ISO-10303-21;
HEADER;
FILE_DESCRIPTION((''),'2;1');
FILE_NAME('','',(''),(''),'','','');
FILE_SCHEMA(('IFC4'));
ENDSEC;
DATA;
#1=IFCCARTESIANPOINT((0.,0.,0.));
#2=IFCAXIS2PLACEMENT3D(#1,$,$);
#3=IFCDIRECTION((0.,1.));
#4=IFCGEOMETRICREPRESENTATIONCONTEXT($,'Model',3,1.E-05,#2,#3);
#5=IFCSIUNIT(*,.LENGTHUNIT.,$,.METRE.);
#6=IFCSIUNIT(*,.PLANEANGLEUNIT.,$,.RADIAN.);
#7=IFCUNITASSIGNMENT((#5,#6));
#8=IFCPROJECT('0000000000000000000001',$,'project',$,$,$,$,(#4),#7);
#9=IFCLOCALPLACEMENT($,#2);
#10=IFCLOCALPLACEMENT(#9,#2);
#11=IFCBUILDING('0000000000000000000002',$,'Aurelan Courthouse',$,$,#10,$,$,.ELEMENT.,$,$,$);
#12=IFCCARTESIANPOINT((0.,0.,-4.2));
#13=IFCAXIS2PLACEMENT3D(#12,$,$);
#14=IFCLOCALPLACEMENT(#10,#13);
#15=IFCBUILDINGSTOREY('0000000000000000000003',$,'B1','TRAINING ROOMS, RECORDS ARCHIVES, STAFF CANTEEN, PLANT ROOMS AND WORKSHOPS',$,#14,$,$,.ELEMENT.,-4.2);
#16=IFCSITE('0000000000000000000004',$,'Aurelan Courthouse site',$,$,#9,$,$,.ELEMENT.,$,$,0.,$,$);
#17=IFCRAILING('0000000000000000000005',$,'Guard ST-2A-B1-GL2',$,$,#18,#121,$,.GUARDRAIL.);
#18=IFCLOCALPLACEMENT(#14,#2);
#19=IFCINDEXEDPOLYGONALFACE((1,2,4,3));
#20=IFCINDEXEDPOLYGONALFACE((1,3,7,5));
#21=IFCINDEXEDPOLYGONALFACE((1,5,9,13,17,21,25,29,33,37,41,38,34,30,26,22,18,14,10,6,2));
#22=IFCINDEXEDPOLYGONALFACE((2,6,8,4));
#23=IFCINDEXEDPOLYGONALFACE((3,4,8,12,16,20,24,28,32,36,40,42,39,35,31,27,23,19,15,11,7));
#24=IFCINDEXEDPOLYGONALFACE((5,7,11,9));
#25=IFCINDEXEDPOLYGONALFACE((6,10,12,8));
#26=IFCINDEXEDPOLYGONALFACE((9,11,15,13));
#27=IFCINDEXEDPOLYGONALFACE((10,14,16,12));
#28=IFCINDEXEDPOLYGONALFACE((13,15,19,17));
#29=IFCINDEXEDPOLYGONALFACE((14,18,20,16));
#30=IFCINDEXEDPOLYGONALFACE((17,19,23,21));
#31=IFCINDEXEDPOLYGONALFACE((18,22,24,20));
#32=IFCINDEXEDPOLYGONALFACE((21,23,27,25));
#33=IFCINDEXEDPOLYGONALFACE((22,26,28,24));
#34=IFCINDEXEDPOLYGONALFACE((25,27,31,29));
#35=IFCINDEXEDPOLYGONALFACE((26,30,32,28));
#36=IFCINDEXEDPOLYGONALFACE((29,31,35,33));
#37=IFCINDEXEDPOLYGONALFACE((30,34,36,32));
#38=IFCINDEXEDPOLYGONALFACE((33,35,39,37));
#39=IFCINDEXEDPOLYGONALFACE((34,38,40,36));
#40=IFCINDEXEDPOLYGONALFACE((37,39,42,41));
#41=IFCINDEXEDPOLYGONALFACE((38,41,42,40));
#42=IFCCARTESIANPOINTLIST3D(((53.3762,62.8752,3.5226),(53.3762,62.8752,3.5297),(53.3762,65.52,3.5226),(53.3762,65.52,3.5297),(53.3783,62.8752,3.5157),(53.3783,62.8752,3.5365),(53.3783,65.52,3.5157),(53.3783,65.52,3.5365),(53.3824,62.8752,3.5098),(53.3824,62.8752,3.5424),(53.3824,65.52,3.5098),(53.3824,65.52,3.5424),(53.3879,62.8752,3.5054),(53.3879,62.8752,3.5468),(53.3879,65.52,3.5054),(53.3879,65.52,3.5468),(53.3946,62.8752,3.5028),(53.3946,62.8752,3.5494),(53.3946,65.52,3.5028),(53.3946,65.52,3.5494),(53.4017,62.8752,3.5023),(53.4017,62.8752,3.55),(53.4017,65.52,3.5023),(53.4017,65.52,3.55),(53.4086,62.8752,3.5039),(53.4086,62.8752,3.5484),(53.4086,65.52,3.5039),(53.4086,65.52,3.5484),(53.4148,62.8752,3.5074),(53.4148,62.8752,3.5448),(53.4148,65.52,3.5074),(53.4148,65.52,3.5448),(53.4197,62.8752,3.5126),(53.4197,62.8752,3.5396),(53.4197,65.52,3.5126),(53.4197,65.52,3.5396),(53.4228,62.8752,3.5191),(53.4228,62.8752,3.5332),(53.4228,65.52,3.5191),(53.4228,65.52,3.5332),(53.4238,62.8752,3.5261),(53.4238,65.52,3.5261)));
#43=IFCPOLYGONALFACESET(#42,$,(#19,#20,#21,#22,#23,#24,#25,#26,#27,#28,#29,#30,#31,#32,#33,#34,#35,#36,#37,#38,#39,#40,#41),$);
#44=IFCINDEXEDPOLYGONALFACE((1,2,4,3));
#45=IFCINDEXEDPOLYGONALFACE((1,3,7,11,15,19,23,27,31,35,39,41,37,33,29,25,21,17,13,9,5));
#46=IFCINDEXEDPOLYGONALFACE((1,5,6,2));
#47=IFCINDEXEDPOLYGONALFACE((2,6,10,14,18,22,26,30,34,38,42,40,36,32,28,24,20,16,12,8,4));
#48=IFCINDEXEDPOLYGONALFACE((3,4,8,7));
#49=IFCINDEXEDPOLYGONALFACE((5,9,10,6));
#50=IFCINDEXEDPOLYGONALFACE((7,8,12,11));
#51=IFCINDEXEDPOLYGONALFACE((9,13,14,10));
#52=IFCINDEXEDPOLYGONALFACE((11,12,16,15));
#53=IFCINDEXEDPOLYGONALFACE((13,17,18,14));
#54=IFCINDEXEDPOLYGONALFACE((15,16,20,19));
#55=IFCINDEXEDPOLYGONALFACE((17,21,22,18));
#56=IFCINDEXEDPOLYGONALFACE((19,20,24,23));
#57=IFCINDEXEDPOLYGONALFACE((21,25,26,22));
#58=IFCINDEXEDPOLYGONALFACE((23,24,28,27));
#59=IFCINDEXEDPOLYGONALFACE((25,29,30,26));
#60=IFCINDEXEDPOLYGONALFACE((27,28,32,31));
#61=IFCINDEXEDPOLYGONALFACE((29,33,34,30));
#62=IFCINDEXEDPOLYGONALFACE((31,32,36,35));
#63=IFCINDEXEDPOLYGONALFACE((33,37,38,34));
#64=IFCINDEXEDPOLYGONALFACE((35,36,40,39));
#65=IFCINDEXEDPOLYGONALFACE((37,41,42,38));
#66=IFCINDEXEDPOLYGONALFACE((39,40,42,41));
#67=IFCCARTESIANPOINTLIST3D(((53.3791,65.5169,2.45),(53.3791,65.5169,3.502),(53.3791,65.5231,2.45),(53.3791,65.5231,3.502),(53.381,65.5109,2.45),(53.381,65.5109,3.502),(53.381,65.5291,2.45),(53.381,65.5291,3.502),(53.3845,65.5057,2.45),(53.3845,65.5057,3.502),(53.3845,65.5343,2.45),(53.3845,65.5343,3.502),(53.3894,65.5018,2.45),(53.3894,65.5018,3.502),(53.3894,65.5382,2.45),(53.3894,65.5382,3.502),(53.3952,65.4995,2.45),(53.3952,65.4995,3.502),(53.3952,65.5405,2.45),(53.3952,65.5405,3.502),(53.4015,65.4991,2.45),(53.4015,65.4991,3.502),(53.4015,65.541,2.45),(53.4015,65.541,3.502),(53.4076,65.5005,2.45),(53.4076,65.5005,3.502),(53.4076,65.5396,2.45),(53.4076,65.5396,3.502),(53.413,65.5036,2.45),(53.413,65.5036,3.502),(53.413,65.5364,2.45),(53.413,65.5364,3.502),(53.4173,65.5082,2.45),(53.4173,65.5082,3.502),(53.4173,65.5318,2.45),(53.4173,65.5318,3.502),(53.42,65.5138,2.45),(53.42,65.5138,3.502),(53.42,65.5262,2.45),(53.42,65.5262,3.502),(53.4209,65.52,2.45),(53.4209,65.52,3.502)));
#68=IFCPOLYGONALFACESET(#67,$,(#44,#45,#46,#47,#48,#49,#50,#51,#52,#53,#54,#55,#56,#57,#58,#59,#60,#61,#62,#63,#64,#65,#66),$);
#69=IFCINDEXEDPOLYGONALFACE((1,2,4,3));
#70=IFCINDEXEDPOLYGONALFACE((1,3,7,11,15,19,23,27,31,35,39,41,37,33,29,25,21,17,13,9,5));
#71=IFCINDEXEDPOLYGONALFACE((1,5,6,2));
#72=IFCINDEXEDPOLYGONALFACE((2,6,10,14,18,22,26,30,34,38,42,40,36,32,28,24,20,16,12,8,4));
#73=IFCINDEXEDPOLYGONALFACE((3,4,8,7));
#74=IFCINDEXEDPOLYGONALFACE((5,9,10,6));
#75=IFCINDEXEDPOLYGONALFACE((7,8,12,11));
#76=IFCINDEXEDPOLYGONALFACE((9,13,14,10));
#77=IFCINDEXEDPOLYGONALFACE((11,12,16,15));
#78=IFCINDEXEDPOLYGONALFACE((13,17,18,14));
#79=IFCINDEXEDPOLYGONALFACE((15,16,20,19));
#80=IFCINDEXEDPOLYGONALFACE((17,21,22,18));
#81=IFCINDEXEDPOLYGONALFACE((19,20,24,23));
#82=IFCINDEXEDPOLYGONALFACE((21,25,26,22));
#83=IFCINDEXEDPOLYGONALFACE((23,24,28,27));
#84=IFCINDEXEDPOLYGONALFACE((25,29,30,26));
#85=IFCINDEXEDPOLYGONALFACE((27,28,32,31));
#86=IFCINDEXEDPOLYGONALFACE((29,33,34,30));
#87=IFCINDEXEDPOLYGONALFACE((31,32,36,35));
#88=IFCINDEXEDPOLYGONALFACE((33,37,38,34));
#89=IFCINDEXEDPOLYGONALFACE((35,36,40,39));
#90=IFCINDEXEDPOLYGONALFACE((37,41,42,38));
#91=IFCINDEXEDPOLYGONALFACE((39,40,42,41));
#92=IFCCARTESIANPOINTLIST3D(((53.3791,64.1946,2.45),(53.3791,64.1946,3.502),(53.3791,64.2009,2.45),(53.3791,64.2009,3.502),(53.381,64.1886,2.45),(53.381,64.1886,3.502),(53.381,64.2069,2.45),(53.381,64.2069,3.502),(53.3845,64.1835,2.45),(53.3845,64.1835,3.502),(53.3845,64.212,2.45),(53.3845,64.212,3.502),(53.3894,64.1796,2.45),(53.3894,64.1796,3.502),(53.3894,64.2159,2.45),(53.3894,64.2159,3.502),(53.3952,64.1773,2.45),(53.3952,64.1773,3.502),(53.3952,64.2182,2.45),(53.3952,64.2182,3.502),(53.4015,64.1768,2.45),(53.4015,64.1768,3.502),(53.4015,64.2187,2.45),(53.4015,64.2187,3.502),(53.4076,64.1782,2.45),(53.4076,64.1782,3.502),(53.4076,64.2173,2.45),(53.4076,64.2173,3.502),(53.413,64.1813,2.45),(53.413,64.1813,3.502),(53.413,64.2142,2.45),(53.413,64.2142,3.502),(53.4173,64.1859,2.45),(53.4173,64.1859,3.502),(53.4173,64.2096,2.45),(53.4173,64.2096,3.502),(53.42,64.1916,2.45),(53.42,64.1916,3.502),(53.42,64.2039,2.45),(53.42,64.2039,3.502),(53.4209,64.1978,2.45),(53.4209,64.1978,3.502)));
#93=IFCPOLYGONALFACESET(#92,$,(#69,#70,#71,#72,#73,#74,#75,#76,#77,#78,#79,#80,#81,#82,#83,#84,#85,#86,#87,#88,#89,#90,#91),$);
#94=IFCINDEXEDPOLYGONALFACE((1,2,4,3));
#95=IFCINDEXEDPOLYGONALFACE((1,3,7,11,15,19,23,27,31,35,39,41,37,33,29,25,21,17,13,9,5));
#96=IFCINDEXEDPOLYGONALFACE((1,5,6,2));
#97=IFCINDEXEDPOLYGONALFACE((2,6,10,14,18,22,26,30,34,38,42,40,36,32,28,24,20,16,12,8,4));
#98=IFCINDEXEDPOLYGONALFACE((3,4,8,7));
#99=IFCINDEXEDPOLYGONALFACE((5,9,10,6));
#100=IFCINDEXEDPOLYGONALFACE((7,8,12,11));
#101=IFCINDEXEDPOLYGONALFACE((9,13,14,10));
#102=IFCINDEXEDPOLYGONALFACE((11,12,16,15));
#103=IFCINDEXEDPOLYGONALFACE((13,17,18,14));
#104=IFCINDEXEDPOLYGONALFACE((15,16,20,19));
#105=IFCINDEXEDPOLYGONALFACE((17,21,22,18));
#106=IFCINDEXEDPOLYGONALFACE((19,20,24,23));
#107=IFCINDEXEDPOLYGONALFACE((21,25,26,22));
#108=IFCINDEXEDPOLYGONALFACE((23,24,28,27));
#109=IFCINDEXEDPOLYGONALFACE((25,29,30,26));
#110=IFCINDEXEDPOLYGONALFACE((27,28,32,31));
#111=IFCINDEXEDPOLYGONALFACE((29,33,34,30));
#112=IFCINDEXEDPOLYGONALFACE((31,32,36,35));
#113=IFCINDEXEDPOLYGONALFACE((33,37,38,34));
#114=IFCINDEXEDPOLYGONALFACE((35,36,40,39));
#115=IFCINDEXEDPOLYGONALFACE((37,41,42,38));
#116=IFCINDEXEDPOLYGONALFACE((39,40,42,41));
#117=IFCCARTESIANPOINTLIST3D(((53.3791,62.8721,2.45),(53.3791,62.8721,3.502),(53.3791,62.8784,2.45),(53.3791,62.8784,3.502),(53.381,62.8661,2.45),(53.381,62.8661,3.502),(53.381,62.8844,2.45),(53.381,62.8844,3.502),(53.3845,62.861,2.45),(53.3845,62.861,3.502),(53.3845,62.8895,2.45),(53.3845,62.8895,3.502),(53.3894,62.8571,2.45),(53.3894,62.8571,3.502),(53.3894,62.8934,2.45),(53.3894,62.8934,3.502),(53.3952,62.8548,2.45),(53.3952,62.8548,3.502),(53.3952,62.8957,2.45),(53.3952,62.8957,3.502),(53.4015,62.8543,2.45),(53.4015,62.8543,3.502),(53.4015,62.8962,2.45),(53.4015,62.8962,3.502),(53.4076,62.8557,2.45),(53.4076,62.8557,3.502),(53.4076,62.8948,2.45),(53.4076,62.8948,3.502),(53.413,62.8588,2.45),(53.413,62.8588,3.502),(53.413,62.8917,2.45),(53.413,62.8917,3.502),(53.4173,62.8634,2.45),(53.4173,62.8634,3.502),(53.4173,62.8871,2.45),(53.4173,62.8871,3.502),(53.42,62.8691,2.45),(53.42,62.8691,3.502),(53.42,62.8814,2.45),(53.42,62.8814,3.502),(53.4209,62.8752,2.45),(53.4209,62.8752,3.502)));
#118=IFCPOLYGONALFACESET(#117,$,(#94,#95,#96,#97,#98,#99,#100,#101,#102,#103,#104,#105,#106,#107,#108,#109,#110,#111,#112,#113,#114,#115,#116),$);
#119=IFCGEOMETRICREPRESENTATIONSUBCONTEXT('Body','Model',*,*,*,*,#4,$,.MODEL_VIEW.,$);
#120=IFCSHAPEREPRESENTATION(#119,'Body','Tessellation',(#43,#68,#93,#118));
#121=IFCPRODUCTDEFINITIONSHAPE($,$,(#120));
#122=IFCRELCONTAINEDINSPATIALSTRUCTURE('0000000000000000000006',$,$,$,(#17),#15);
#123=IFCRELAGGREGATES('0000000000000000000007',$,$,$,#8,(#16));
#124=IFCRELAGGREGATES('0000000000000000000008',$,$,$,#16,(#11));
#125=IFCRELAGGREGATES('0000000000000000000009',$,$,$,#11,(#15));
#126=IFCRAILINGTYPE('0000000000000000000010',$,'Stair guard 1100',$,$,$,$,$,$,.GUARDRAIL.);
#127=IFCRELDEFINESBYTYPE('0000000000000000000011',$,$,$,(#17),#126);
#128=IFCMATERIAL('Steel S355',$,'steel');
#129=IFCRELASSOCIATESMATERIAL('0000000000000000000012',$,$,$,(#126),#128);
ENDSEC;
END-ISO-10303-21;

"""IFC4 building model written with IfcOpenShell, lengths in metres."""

from ifc_helpers import new_model, si_unit, direction, frame, origin, origin_2d, place, context, subcontext, project, spatial, circle, extrude, material, type_object, element, save


model = new_model("IFC4")

# Units and contexts
model_context = context("Model", 3, precision=1e-05, world=origin(), true_north=direction((0.0, 1.0)))
body_context = subcontext(model_context, "Body", "Model", "MODEL_VIEW")
ifc_project = project(units=[si_unit("LENGTHUNIT", "METRE"), si_unit("PLANEANGLEUNIT", "RADIAN")], contexts=[model_context])

# Site, building, storey
site_placement = place(None, origin())
site = spatial("IfcSite", under=ifc_project, at=site_placement, Name="Aurelan Courthouse site", CompositionType="ELEMENT", RefElevation=0.0)
building_placement = place(site_placement, origin())
building = spatial("IfcBuilding", under=site, at=building_placement, Name="Aurelan Courthouse", CompositionType="ELEMENT")
storey_placement = place(building_placement, frame((0.0, 0.0, -4.2)))
storey = spatial("IfcBuildingStorey", under=building, at=storey_placement, Name="B1", Description="TRAINING ROOMS, RECORDS ARCHIVES, STAFF CANTEEN, PLANT ROOMS AND WORKSHOPS", CompositionType="ELEMENT", Elevation=-4.2)

# Railing
ifc_material_1 = material(Name="Steel S355", Category="steel")
railing_type = type_object("IfcRailingType", Name="Stair guard 1100", PredefinedType="GUARDRAIL", material=ifc_material_1)
railing_placement = place(storey_placement, frame((53.3999, 65.52, 2.45)))
element("IfcRailing", 1, at=railing_placement, inside=storey, type_object=railing_type, Name="Guard ST-2A-B1-GL2", PredefinedType="GUARDRAIL", context=body_context, shape_type="SweptSolid", body=[
    extrude(circle(Radius=0.0239, at=origin_2d()), frame((0.0, 0.0, 1.0762), z_axis=(0.0, -1.0, 0.0), x_axis=(1.0, 0.0, 0.0)), (0.0, 0.0, 1.0), 2.6448),
    extrude(circle(Radius=0.021, at=origin_2d()), origin(), (0.0, 0.0, 1.0), 1.052),
    extrude(circle(Radius=0.021, at=origin_2d()), frame((0.0, -1.3223, 0.0)), (0.0, 0.0, 1.0), 1.052),
    extrude(circle(Radius=0.021, at=origin_2d()), frame((0.0, -2.6448, 0.0)), (0.0, 0.0, 1.0), 1.052),
])

save(model, "model.ifc")
